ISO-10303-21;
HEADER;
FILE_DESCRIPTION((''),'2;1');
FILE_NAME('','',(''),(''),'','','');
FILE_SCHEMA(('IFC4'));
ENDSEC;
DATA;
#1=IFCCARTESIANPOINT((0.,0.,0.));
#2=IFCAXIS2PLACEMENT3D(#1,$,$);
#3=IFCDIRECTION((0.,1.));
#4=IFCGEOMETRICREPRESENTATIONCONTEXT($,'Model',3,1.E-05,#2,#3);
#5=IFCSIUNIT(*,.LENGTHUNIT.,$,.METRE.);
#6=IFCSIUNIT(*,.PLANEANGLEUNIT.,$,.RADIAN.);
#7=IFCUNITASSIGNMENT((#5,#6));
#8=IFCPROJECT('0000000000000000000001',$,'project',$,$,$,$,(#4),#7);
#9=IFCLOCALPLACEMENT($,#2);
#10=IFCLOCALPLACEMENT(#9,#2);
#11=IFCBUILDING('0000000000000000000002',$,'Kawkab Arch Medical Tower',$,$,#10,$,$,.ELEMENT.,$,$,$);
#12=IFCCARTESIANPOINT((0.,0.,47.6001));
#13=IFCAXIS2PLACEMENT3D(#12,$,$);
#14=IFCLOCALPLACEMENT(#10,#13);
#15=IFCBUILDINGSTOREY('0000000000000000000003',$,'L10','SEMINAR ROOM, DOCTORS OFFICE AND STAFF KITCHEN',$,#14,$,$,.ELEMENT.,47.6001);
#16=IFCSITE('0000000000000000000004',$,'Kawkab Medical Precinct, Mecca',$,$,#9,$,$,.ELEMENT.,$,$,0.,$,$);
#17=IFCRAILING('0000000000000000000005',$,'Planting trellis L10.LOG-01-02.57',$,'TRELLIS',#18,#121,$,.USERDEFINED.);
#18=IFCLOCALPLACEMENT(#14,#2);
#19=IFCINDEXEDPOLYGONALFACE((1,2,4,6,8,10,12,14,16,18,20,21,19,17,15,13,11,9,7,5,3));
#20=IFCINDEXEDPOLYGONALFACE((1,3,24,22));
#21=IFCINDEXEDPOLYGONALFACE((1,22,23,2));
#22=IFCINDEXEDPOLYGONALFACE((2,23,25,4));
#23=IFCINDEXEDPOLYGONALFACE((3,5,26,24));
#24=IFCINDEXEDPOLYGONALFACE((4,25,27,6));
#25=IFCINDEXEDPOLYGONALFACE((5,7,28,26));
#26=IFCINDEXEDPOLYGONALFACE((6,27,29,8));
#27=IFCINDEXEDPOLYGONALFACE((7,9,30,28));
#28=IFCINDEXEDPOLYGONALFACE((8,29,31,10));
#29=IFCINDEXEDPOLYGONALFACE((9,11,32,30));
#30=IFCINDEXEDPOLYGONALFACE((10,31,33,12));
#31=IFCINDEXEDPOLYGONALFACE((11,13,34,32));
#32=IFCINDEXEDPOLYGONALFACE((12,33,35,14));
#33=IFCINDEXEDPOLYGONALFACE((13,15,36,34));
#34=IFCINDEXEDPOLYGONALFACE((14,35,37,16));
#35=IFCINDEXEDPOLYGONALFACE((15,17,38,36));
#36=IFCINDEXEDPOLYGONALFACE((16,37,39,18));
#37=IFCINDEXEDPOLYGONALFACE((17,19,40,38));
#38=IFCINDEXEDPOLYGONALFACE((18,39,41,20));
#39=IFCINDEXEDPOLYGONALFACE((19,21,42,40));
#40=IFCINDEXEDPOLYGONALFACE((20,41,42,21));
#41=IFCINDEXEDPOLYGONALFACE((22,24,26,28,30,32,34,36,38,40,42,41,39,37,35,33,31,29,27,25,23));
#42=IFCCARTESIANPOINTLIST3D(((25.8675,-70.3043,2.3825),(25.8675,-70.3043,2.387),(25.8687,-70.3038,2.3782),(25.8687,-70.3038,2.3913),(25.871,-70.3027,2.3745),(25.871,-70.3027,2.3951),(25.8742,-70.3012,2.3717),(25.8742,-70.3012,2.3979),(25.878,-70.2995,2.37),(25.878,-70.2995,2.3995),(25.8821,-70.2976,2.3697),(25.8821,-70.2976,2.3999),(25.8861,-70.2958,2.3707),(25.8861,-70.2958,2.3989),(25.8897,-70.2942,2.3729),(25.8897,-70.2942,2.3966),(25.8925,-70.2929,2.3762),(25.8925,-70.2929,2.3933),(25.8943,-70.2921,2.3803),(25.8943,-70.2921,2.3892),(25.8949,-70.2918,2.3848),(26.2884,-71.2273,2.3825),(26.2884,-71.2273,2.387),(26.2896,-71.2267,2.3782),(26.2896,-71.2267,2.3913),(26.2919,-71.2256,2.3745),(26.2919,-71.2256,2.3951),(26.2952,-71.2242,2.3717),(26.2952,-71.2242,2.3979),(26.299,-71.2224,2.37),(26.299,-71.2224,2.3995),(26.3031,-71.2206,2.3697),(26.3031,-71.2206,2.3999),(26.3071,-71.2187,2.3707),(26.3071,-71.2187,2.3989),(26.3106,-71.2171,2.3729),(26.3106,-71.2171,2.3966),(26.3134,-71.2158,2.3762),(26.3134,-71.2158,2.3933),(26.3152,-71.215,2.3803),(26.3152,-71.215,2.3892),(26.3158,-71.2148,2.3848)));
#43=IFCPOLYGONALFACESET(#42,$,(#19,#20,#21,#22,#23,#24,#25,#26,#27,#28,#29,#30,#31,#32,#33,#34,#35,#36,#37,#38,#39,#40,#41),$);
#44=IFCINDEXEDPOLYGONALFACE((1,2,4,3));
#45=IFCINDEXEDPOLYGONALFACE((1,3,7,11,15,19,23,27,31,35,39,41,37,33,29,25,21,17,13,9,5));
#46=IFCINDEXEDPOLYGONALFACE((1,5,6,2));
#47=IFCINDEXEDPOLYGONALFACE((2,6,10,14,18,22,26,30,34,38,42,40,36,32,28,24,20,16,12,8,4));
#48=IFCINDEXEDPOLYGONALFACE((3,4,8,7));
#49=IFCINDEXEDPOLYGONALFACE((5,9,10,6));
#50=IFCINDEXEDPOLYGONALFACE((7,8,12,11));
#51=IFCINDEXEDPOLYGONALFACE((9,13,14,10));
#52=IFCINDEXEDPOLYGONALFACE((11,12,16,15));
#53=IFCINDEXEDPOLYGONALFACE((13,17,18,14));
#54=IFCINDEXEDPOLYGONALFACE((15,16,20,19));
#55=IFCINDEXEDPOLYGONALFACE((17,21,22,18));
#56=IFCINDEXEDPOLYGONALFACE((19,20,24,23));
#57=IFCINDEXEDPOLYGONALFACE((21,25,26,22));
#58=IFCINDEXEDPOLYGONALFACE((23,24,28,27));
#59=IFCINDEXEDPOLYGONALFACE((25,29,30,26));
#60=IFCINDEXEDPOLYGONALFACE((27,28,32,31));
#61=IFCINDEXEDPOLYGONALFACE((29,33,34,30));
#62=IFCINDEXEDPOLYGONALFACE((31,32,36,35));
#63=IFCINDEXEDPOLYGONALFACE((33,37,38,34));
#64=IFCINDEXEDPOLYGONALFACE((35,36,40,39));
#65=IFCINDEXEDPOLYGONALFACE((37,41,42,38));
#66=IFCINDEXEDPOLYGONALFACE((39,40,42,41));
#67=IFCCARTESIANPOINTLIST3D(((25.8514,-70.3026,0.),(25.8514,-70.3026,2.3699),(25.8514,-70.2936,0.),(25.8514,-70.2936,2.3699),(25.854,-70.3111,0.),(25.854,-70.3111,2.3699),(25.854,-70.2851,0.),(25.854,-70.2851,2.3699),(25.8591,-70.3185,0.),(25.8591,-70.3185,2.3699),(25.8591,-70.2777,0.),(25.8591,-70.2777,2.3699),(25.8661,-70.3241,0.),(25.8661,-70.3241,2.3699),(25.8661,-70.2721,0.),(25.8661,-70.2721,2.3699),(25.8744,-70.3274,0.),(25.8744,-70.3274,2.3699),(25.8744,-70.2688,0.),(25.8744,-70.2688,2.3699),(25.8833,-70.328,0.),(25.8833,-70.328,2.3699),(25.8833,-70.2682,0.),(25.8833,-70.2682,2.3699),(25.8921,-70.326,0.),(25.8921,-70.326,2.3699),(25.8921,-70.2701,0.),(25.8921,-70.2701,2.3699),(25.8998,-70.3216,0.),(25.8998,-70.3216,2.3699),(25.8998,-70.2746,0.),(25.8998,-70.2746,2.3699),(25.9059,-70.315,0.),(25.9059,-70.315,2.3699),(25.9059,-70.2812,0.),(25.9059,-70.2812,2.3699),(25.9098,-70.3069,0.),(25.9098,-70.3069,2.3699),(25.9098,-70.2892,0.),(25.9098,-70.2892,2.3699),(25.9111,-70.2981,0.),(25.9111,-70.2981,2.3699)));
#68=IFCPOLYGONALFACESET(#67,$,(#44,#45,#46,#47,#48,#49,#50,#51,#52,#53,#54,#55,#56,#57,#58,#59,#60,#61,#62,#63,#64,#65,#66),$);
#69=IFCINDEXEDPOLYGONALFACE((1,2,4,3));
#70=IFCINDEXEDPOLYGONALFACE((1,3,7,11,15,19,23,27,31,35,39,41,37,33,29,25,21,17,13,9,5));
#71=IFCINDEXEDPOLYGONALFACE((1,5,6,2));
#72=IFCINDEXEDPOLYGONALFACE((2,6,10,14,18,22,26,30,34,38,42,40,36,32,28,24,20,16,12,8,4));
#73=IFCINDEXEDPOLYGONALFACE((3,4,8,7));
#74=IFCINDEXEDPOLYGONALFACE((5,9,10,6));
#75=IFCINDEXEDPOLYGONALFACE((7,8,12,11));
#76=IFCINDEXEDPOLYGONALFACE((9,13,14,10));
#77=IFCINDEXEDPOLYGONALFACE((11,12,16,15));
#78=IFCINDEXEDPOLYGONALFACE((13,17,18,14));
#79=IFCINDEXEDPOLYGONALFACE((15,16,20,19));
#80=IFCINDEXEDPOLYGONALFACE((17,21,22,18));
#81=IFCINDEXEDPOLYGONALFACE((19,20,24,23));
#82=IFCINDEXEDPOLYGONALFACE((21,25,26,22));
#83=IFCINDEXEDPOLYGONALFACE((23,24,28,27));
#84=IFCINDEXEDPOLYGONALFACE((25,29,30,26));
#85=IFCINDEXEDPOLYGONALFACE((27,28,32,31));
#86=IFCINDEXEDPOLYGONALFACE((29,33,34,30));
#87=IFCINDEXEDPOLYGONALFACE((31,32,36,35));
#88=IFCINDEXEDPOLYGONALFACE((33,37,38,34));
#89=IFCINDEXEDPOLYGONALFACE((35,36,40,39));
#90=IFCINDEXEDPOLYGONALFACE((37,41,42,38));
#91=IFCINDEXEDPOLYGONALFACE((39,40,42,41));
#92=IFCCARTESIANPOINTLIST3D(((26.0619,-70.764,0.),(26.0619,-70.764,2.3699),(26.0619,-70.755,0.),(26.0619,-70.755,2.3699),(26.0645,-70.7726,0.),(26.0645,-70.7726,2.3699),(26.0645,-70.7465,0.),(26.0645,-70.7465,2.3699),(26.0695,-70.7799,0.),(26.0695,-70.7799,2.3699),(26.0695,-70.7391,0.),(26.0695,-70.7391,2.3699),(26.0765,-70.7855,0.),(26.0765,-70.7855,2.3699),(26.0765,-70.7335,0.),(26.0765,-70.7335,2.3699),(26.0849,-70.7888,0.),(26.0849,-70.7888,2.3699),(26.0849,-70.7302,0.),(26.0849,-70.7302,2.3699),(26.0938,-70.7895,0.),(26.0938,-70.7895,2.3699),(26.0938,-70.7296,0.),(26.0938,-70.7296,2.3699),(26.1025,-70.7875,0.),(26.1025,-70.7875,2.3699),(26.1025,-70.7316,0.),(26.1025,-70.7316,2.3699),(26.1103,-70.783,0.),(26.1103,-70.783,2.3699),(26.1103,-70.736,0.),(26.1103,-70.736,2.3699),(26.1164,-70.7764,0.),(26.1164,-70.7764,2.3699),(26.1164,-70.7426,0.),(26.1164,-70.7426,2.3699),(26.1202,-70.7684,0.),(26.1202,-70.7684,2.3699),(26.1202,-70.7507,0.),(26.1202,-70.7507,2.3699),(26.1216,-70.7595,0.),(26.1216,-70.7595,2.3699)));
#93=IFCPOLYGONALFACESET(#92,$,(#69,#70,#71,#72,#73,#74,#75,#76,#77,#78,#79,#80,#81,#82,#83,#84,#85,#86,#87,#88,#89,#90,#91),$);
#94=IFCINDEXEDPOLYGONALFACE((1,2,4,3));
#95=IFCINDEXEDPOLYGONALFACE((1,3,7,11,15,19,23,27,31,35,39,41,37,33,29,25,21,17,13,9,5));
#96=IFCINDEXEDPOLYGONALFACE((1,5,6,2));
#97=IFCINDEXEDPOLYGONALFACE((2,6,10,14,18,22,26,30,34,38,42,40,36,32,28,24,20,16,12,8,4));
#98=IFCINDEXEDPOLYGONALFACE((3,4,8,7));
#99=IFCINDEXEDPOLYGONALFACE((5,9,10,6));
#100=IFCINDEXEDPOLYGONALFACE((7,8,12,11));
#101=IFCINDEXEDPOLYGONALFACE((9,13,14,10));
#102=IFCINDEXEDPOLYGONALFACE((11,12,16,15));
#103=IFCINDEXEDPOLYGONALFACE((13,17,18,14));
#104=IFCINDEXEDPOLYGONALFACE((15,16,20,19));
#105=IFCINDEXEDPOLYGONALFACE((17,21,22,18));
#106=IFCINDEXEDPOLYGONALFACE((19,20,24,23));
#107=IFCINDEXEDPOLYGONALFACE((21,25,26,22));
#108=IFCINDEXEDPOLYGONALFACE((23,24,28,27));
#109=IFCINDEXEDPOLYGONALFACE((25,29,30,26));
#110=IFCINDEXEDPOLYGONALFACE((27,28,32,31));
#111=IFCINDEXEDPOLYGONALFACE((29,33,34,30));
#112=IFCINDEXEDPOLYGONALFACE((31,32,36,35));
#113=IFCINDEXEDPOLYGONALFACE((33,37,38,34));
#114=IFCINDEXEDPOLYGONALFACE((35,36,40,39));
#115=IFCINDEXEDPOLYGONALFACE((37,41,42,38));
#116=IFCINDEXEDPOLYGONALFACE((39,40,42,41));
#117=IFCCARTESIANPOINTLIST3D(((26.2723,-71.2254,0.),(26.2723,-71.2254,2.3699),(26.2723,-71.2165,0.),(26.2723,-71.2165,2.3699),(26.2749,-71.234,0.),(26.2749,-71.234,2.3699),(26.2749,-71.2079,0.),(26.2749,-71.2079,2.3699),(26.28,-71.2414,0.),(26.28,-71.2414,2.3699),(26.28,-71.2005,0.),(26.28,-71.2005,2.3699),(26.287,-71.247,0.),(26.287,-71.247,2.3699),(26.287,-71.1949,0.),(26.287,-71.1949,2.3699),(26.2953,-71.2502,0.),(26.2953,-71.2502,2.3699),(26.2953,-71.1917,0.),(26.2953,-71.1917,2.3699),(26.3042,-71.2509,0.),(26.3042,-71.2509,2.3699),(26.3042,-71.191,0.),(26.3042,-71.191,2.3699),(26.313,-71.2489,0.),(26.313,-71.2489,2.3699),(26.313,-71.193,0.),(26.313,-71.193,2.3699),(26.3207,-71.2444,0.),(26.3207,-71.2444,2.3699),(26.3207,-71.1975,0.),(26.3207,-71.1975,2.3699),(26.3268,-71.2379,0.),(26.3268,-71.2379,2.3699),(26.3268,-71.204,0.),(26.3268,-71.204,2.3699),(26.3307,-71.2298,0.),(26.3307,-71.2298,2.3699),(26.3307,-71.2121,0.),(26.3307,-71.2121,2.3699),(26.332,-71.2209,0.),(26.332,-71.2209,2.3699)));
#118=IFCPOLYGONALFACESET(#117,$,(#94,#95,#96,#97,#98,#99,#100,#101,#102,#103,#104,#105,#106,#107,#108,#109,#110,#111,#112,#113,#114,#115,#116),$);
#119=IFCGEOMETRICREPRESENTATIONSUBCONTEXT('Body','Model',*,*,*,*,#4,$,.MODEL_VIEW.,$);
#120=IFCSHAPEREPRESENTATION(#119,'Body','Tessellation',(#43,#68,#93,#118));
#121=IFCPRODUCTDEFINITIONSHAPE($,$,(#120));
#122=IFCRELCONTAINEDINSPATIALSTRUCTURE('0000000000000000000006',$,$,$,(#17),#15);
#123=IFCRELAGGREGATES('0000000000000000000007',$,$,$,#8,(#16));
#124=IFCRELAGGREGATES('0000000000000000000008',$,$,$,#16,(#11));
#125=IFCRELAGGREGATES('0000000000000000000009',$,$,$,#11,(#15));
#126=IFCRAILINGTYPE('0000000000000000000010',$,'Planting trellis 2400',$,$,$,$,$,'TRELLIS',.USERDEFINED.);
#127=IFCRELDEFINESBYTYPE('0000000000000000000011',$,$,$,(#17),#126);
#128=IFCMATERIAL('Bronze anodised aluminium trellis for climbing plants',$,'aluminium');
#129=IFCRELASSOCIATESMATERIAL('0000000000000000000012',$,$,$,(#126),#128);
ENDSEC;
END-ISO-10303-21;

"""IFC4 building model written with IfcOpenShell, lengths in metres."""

from ifc_helpers import new_model, si_unit, direction, frame, origin, origin_2d, place, context, subcontext, project, spatial, circle, extrude, material, type_object, element, save


model = new_model("IFC4")

# Units and contexts
model_context = context("Model", 3, precision=1e-05, world=origin(), true_north=direction((0.0, 1.0)))
body_context = subcontext(model_context, "Body", "Model", "MODEL_VIEW")
ifc_project = project(units=[si_unit("LENGTHUNIT", "METRE"), si_unit("PLANEANGLEUNIT", "RADIAN")], contexts=[model_context])

# Site, building, storey
site_placement = place(None, origin())
site = spatial("IfcSite", under=ifc_project, at=site_placement, Name="Kawkab Medical Precinct, Mecca", CompositionType="ELEMENT", RefElevation=0.0)
building_placement = place(site_placement, origin())
building = spatial("IfcBuilding", under=site, at=building_placement, Name="Kawkab Arch Medical Tower", CompositionType="ELEMENT")
storey_placement = place(building_placement, frame((0.0, 0.0, 47.6001)))
storey = spatial("IfcBuildingStorey", under=building, at=storey_placement, Name="L10", Description="SEMINAR ROOM, DOCTORS OFFICE AND STAFF KITCHEN", CompositionType="ELEMENT", Elevation=47.6001)

# Railing
ifc_material_1 = material(Name="Bronze anodised aluminium trellis for climbing plants", Category="aluminium")
railing_type = type_object("IfcRailingType", Name="Planting trellis 2400", ElementType="TRELLIS", PredefinedType="USERDEFINED", material=ifc_material_1)
railing_1_placement = place(storey_placement, frame((25.8811, -70.2981, 0.0)))
element("IfcRailing", 1, at=railing_1_placement, inside=storey, type_object=railing_type, Name="Planting trellis L10.LOG-01-02.57", ObjectType="TRELLIS", PredefinedType="USERDEFINED", context=body_context, shape_type="SweptSolid", body=[
    extrude(circle(Radius=0.0151, at=origin_2d()), frame((0.0, 0.0, 2.3848), z_axis=(0.414963, -0.909838, 0.0), x_axis=(0.909838, 0.414963, 0.0)), (0.0, 0.0, 1.0), 1.0144),
    extrude(circle(Radius=0.03, at=origin_2d()), origin(), (0.0, 0.0, 1.0), 2.3699),
    extrude(circle(Radius=0.03, at=origin_2d()), frame((0.2104, -0.4614, 0.0)), (0.0, 0.0, 1.0), 2.3699),
    extrude(circle(Radius=0.03, at=origin_2d()), frame((0.4209, -0.9229, 0.0)), (0.0, 0.0, 1.0), 2.3699),
])

save(model, "model.ifc")
